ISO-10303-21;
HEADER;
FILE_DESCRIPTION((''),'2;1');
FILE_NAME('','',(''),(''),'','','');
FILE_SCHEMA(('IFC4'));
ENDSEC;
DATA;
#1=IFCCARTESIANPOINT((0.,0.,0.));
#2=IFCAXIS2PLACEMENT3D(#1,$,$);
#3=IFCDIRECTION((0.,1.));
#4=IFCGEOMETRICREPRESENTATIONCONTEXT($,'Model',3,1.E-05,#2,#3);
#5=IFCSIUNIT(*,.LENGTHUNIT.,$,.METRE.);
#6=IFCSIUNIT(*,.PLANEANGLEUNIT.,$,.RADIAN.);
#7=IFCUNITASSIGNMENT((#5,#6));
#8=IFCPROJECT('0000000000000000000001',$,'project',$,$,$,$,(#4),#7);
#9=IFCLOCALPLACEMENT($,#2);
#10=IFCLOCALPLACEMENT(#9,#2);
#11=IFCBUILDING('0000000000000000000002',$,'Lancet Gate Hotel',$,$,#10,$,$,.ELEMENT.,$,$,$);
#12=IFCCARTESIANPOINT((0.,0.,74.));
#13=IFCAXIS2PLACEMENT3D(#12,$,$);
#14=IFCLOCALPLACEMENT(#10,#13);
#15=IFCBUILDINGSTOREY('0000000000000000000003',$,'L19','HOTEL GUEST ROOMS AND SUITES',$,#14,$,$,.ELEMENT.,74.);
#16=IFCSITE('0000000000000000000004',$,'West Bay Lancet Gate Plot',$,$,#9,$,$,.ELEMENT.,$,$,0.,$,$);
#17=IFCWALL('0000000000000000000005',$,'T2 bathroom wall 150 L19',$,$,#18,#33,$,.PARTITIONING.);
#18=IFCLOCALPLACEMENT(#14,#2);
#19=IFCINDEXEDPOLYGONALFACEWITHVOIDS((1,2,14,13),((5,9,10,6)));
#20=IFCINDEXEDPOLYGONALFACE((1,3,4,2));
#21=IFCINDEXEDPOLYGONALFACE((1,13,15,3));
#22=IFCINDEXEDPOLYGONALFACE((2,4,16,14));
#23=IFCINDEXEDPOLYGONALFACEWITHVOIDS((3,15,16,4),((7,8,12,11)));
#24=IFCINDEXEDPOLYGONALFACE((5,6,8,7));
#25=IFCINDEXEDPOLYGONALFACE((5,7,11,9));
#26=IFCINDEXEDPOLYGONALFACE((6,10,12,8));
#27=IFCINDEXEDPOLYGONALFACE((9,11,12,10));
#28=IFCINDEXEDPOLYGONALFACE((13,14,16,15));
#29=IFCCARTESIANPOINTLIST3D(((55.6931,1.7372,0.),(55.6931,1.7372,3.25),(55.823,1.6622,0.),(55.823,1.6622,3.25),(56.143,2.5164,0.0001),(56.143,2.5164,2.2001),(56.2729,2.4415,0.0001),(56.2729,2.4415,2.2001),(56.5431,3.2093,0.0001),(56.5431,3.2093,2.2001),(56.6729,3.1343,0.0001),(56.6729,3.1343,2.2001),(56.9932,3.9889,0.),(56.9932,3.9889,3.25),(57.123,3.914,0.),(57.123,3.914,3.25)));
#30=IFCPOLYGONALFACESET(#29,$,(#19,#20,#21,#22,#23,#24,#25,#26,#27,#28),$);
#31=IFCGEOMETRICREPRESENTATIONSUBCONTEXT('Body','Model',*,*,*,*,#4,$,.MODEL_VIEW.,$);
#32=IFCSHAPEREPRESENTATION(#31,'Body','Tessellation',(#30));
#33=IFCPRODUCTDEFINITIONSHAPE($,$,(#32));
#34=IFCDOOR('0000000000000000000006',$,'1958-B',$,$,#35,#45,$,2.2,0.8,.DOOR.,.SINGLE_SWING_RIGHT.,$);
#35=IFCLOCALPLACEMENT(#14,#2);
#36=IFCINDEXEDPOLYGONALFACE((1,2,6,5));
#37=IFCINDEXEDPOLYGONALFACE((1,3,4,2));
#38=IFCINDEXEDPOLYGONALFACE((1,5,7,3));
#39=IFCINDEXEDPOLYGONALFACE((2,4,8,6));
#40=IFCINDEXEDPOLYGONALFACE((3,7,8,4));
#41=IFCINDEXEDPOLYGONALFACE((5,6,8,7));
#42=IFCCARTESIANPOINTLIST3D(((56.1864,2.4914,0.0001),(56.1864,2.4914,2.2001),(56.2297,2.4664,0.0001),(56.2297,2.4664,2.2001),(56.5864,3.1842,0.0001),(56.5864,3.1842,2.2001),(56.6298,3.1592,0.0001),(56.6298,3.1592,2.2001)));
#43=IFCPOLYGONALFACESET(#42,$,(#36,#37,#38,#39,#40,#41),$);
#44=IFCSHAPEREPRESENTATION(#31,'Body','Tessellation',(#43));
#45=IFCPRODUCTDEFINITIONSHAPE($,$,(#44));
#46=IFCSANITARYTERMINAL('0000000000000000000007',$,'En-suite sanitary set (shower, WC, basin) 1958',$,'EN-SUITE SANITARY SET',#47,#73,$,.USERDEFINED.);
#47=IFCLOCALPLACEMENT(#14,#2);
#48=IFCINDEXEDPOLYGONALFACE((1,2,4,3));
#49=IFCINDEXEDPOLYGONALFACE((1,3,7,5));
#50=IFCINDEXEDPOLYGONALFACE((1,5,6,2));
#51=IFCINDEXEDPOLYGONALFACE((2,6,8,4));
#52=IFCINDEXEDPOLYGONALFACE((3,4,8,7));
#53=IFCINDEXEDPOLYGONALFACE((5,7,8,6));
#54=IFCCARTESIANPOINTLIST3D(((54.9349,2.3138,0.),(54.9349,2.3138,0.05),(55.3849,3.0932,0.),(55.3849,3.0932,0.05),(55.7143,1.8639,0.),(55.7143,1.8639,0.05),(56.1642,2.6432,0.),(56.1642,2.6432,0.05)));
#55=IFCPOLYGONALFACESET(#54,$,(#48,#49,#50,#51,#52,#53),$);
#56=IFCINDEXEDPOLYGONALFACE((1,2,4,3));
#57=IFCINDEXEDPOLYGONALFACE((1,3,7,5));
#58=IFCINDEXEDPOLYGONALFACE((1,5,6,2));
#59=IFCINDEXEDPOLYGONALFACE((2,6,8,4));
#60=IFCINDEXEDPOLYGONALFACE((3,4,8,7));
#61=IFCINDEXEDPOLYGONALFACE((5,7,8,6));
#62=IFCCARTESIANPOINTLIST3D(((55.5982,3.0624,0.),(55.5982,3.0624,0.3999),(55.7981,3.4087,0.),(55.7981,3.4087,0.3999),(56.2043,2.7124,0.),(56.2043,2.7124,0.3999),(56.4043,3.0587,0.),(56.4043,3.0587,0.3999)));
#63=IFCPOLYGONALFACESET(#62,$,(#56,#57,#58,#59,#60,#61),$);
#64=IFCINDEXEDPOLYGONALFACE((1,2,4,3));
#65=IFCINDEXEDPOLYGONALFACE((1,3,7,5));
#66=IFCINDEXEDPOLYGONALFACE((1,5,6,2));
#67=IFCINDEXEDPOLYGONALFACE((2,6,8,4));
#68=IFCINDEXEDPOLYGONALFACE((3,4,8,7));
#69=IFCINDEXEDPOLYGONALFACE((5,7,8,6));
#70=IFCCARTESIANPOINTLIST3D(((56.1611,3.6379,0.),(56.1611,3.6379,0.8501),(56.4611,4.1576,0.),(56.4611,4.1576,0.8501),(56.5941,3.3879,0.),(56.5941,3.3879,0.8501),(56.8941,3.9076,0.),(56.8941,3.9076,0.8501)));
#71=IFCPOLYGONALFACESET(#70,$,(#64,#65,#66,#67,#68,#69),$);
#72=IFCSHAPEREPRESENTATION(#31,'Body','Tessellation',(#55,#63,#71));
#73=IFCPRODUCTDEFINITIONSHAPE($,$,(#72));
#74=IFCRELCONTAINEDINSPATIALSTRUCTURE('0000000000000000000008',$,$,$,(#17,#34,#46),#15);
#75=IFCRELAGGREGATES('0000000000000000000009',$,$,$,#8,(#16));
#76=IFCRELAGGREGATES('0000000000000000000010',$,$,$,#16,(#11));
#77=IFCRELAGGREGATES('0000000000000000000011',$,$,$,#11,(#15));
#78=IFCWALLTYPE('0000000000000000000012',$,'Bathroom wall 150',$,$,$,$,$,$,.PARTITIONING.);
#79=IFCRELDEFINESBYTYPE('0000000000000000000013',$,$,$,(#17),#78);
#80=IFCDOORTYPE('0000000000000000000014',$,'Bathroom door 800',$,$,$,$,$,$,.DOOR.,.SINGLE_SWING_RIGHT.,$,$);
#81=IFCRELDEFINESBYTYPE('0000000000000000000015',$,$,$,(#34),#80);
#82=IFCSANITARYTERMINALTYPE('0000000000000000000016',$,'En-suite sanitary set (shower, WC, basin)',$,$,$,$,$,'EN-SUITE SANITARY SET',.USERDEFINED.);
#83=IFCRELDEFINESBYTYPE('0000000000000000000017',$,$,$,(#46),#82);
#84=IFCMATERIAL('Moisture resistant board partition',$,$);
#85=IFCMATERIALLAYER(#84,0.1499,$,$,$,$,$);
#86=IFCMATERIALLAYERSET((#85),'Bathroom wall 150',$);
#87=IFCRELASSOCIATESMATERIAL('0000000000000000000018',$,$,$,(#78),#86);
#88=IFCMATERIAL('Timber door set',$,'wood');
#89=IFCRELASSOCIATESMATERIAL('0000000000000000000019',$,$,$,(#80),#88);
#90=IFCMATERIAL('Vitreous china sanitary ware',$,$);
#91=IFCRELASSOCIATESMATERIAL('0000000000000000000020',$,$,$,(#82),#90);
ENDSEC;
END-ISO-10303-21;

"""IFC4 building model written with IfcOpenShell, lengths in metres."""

from ifc_helpers import new_model, si_unit, direction, frame, frame_2d, origin, origin_2d, place, context, subcontext, project, spatial, rectangle, extrude, material, layer, layer_set, type_object, element, fill, save


model = new_model("IFC4")

# Units and contexts
model_context = context("Model", 3, precision=1e-05, world=origin(), true_north=direction((0.0, 1.0)))
body_context = subcontext(model_context, "Body", "Model", "MODEL_VIEW")
ifc_project = project(units=[si_unit("LENGTHUNIT", "METRE"), si_unit("PLANEANGLEUNIT", "RADIAN")], contexts=[model_context])

# Site, building, storey
site_placement = place(None, origin())
site = spatial("IfcSite", under=ifc_project, at=site_placement, Name="West Bay Lancet Gate Plot", CompositionType="ELEMENT", RefElevation=0.0)
building_placement = place(site_placement, origin())
building = spatial("IfcBuilding", under=site, at=building_placement, Name="Lancet Gate Hotel", CompositionType="ELEMENT")
storey_placement = place(building_placement, frame((0.0, 0.0, 74.0)))
storey = spatial("IfcBuildingStorey", under=building, at=storey_placement, Name="L19", Description="HOTEL GUEST ROOMS AND SUITES", CompositionType="ELEMENT", Elevation=74.0)

# Shared definitions
ifc_material_1 = material(Name="Moisture resistant board partition")
ifc_layer_1 = layer(ifc_material_1, 0.1499)
ifc_layer_set_1 = layer_set([ifc_layer_1], Name="Bathroom wall 150")
wall_type = type_object("IfcWallType", Name="Bathroom wall 150", PredefinedType="PARTITIONING", material=ifc_layer_set_1)

# Wall, opening, door
wall_1_placement = place(storey_placement, frame((55.7581, 1.6997, 0.0), z_axis=(0.0, 0.0, 1.0), x_axis=(0.500007, 0.866021, 0.0)))
wall_1 = element("IfcWall", 1, at=wall_1_placement, inside=storey, type_object=wall_type, Name="T2 bathroom wall 150 L19", PredefinedType="PARTITIONING", context=body_context, shape_type="SweptSolid", body=[
    extrude(rectangle(XDim=2.6001, YDim=0.1499, at=frame_2d((1.3, 0.0))), origin(), (0.0, 0.0, 1.0), 3.25),
])
opening_placement = place(wall_1_placement, frame((0.8999, 0.0, 0.0)))
opening = element("IfcOpeningElement", 2, at=opening_placement, cuts=wall_1, PredefinedType="OPENING", context=body_context, shape_type="SweptSolid", body=[
    extrude(rectangle(XDim=0.8, YDim=2.2, at=frame_2d((0.3999, 1.1001))), frame((0.0, 0.085, 0.0), z_axis=(0.0, -1.0, 0.0), x_axis=(1.0, 0.0, 0.0)), (0.0, 0.0, 1.0), 0.1699),
])
ifc_material_2 = material(Name="Timber door set", Category="wood")
door_type = type_object("IfcDoorType", Name="Bathroom door 800", OperationType="SINGLE_SWING_RIGHT", PredefinedType="DOOR", material=ifc_material_2)
door_placement = place(opening_placement, origin())
door = element("IfcDoor", 3, at=door_placement, inside=storey, type_object=door_type, Name="1958-B", OperationType="SINGLE_SWING_RIGHT", OverallHeight=2.2, OverallWidth=0.8, PredefinedType="DOOR", context=body_context, shape_type="SweptSolid", body=[
    extrude(rectangle(XDim=0.8, YDim=2.2, at=frame_2d((0.3999, 1.1001))), frame((0.0, 0.0249, 0.0), z_axis=(0.0, -1.0, 0.0), x_axis=(1.0, 0.0, 0.0)), (0.0, 0.0, 1.0), 0.05),
])
fill(opening, door)

# Sanitary terminal
ifc_material_3 = material(Name="Vitreous china sanitary ware")
sanitary_terminal_type = type_object("IfcSanitaryTerminalType", Name="En-suite sanitary set (shower, WC, basin)", ElementType="EN-SUITE SANITARY SET", PredefinedType="USERDEFINED", material=ifc_material_3)
sanitary_terminal_placement = place(storey_placement, frame((55.5496, 2.4785, 0.0), z_axis=(0.0, 0.0, 1.0), x_axis=(1.0, 0.0, 0.0)))
element("IfcSanitaryTerminal", 4, at=sanitary_terminal_placement, inside=storey, type_object=sanitary_terminal_type, Name="En-suite sanitary set (shower, WC, basin) 1958", ObjectType="EN-SUITE SANITARY SET", PredefinedType="USERDEFINED", context=body_context, shape_type="SweptSolid", body=[
    extrude(rectangle(XDim=0.8999, YDim=0.8999, at=origin_2d()), frame((0.0, 0.0, 0.0), z_axis=(0.0, 0.0, 1.0), x_axis=(-0.5, -0.866025, 0.0)), (0.0, 0.0, 1.0), 0.05),
    extrude(rectangle(XDim=0.3999, YDim=0.7, at=origin_2d()), frame((0.4517, 0.582, 0.0), z_axis=(0.0, 0.0, 1.0), x_axis=(-0.5, -0.866025, 0.0)), (0.0, 0.0, 1.0), 0.3999),
    extrude(rectangle(XDim=0.6001, YDim=0.5, at=origin_2d()), frame((0.978, 1.2942, 0.0), z_axis=(0.0, 0.0, 1.0), x_axis=(-0.5, -0.866025, 0.0)), (0.0, 0.0, 1.0), 0.8501),
])

save(model, "model.ifc")
